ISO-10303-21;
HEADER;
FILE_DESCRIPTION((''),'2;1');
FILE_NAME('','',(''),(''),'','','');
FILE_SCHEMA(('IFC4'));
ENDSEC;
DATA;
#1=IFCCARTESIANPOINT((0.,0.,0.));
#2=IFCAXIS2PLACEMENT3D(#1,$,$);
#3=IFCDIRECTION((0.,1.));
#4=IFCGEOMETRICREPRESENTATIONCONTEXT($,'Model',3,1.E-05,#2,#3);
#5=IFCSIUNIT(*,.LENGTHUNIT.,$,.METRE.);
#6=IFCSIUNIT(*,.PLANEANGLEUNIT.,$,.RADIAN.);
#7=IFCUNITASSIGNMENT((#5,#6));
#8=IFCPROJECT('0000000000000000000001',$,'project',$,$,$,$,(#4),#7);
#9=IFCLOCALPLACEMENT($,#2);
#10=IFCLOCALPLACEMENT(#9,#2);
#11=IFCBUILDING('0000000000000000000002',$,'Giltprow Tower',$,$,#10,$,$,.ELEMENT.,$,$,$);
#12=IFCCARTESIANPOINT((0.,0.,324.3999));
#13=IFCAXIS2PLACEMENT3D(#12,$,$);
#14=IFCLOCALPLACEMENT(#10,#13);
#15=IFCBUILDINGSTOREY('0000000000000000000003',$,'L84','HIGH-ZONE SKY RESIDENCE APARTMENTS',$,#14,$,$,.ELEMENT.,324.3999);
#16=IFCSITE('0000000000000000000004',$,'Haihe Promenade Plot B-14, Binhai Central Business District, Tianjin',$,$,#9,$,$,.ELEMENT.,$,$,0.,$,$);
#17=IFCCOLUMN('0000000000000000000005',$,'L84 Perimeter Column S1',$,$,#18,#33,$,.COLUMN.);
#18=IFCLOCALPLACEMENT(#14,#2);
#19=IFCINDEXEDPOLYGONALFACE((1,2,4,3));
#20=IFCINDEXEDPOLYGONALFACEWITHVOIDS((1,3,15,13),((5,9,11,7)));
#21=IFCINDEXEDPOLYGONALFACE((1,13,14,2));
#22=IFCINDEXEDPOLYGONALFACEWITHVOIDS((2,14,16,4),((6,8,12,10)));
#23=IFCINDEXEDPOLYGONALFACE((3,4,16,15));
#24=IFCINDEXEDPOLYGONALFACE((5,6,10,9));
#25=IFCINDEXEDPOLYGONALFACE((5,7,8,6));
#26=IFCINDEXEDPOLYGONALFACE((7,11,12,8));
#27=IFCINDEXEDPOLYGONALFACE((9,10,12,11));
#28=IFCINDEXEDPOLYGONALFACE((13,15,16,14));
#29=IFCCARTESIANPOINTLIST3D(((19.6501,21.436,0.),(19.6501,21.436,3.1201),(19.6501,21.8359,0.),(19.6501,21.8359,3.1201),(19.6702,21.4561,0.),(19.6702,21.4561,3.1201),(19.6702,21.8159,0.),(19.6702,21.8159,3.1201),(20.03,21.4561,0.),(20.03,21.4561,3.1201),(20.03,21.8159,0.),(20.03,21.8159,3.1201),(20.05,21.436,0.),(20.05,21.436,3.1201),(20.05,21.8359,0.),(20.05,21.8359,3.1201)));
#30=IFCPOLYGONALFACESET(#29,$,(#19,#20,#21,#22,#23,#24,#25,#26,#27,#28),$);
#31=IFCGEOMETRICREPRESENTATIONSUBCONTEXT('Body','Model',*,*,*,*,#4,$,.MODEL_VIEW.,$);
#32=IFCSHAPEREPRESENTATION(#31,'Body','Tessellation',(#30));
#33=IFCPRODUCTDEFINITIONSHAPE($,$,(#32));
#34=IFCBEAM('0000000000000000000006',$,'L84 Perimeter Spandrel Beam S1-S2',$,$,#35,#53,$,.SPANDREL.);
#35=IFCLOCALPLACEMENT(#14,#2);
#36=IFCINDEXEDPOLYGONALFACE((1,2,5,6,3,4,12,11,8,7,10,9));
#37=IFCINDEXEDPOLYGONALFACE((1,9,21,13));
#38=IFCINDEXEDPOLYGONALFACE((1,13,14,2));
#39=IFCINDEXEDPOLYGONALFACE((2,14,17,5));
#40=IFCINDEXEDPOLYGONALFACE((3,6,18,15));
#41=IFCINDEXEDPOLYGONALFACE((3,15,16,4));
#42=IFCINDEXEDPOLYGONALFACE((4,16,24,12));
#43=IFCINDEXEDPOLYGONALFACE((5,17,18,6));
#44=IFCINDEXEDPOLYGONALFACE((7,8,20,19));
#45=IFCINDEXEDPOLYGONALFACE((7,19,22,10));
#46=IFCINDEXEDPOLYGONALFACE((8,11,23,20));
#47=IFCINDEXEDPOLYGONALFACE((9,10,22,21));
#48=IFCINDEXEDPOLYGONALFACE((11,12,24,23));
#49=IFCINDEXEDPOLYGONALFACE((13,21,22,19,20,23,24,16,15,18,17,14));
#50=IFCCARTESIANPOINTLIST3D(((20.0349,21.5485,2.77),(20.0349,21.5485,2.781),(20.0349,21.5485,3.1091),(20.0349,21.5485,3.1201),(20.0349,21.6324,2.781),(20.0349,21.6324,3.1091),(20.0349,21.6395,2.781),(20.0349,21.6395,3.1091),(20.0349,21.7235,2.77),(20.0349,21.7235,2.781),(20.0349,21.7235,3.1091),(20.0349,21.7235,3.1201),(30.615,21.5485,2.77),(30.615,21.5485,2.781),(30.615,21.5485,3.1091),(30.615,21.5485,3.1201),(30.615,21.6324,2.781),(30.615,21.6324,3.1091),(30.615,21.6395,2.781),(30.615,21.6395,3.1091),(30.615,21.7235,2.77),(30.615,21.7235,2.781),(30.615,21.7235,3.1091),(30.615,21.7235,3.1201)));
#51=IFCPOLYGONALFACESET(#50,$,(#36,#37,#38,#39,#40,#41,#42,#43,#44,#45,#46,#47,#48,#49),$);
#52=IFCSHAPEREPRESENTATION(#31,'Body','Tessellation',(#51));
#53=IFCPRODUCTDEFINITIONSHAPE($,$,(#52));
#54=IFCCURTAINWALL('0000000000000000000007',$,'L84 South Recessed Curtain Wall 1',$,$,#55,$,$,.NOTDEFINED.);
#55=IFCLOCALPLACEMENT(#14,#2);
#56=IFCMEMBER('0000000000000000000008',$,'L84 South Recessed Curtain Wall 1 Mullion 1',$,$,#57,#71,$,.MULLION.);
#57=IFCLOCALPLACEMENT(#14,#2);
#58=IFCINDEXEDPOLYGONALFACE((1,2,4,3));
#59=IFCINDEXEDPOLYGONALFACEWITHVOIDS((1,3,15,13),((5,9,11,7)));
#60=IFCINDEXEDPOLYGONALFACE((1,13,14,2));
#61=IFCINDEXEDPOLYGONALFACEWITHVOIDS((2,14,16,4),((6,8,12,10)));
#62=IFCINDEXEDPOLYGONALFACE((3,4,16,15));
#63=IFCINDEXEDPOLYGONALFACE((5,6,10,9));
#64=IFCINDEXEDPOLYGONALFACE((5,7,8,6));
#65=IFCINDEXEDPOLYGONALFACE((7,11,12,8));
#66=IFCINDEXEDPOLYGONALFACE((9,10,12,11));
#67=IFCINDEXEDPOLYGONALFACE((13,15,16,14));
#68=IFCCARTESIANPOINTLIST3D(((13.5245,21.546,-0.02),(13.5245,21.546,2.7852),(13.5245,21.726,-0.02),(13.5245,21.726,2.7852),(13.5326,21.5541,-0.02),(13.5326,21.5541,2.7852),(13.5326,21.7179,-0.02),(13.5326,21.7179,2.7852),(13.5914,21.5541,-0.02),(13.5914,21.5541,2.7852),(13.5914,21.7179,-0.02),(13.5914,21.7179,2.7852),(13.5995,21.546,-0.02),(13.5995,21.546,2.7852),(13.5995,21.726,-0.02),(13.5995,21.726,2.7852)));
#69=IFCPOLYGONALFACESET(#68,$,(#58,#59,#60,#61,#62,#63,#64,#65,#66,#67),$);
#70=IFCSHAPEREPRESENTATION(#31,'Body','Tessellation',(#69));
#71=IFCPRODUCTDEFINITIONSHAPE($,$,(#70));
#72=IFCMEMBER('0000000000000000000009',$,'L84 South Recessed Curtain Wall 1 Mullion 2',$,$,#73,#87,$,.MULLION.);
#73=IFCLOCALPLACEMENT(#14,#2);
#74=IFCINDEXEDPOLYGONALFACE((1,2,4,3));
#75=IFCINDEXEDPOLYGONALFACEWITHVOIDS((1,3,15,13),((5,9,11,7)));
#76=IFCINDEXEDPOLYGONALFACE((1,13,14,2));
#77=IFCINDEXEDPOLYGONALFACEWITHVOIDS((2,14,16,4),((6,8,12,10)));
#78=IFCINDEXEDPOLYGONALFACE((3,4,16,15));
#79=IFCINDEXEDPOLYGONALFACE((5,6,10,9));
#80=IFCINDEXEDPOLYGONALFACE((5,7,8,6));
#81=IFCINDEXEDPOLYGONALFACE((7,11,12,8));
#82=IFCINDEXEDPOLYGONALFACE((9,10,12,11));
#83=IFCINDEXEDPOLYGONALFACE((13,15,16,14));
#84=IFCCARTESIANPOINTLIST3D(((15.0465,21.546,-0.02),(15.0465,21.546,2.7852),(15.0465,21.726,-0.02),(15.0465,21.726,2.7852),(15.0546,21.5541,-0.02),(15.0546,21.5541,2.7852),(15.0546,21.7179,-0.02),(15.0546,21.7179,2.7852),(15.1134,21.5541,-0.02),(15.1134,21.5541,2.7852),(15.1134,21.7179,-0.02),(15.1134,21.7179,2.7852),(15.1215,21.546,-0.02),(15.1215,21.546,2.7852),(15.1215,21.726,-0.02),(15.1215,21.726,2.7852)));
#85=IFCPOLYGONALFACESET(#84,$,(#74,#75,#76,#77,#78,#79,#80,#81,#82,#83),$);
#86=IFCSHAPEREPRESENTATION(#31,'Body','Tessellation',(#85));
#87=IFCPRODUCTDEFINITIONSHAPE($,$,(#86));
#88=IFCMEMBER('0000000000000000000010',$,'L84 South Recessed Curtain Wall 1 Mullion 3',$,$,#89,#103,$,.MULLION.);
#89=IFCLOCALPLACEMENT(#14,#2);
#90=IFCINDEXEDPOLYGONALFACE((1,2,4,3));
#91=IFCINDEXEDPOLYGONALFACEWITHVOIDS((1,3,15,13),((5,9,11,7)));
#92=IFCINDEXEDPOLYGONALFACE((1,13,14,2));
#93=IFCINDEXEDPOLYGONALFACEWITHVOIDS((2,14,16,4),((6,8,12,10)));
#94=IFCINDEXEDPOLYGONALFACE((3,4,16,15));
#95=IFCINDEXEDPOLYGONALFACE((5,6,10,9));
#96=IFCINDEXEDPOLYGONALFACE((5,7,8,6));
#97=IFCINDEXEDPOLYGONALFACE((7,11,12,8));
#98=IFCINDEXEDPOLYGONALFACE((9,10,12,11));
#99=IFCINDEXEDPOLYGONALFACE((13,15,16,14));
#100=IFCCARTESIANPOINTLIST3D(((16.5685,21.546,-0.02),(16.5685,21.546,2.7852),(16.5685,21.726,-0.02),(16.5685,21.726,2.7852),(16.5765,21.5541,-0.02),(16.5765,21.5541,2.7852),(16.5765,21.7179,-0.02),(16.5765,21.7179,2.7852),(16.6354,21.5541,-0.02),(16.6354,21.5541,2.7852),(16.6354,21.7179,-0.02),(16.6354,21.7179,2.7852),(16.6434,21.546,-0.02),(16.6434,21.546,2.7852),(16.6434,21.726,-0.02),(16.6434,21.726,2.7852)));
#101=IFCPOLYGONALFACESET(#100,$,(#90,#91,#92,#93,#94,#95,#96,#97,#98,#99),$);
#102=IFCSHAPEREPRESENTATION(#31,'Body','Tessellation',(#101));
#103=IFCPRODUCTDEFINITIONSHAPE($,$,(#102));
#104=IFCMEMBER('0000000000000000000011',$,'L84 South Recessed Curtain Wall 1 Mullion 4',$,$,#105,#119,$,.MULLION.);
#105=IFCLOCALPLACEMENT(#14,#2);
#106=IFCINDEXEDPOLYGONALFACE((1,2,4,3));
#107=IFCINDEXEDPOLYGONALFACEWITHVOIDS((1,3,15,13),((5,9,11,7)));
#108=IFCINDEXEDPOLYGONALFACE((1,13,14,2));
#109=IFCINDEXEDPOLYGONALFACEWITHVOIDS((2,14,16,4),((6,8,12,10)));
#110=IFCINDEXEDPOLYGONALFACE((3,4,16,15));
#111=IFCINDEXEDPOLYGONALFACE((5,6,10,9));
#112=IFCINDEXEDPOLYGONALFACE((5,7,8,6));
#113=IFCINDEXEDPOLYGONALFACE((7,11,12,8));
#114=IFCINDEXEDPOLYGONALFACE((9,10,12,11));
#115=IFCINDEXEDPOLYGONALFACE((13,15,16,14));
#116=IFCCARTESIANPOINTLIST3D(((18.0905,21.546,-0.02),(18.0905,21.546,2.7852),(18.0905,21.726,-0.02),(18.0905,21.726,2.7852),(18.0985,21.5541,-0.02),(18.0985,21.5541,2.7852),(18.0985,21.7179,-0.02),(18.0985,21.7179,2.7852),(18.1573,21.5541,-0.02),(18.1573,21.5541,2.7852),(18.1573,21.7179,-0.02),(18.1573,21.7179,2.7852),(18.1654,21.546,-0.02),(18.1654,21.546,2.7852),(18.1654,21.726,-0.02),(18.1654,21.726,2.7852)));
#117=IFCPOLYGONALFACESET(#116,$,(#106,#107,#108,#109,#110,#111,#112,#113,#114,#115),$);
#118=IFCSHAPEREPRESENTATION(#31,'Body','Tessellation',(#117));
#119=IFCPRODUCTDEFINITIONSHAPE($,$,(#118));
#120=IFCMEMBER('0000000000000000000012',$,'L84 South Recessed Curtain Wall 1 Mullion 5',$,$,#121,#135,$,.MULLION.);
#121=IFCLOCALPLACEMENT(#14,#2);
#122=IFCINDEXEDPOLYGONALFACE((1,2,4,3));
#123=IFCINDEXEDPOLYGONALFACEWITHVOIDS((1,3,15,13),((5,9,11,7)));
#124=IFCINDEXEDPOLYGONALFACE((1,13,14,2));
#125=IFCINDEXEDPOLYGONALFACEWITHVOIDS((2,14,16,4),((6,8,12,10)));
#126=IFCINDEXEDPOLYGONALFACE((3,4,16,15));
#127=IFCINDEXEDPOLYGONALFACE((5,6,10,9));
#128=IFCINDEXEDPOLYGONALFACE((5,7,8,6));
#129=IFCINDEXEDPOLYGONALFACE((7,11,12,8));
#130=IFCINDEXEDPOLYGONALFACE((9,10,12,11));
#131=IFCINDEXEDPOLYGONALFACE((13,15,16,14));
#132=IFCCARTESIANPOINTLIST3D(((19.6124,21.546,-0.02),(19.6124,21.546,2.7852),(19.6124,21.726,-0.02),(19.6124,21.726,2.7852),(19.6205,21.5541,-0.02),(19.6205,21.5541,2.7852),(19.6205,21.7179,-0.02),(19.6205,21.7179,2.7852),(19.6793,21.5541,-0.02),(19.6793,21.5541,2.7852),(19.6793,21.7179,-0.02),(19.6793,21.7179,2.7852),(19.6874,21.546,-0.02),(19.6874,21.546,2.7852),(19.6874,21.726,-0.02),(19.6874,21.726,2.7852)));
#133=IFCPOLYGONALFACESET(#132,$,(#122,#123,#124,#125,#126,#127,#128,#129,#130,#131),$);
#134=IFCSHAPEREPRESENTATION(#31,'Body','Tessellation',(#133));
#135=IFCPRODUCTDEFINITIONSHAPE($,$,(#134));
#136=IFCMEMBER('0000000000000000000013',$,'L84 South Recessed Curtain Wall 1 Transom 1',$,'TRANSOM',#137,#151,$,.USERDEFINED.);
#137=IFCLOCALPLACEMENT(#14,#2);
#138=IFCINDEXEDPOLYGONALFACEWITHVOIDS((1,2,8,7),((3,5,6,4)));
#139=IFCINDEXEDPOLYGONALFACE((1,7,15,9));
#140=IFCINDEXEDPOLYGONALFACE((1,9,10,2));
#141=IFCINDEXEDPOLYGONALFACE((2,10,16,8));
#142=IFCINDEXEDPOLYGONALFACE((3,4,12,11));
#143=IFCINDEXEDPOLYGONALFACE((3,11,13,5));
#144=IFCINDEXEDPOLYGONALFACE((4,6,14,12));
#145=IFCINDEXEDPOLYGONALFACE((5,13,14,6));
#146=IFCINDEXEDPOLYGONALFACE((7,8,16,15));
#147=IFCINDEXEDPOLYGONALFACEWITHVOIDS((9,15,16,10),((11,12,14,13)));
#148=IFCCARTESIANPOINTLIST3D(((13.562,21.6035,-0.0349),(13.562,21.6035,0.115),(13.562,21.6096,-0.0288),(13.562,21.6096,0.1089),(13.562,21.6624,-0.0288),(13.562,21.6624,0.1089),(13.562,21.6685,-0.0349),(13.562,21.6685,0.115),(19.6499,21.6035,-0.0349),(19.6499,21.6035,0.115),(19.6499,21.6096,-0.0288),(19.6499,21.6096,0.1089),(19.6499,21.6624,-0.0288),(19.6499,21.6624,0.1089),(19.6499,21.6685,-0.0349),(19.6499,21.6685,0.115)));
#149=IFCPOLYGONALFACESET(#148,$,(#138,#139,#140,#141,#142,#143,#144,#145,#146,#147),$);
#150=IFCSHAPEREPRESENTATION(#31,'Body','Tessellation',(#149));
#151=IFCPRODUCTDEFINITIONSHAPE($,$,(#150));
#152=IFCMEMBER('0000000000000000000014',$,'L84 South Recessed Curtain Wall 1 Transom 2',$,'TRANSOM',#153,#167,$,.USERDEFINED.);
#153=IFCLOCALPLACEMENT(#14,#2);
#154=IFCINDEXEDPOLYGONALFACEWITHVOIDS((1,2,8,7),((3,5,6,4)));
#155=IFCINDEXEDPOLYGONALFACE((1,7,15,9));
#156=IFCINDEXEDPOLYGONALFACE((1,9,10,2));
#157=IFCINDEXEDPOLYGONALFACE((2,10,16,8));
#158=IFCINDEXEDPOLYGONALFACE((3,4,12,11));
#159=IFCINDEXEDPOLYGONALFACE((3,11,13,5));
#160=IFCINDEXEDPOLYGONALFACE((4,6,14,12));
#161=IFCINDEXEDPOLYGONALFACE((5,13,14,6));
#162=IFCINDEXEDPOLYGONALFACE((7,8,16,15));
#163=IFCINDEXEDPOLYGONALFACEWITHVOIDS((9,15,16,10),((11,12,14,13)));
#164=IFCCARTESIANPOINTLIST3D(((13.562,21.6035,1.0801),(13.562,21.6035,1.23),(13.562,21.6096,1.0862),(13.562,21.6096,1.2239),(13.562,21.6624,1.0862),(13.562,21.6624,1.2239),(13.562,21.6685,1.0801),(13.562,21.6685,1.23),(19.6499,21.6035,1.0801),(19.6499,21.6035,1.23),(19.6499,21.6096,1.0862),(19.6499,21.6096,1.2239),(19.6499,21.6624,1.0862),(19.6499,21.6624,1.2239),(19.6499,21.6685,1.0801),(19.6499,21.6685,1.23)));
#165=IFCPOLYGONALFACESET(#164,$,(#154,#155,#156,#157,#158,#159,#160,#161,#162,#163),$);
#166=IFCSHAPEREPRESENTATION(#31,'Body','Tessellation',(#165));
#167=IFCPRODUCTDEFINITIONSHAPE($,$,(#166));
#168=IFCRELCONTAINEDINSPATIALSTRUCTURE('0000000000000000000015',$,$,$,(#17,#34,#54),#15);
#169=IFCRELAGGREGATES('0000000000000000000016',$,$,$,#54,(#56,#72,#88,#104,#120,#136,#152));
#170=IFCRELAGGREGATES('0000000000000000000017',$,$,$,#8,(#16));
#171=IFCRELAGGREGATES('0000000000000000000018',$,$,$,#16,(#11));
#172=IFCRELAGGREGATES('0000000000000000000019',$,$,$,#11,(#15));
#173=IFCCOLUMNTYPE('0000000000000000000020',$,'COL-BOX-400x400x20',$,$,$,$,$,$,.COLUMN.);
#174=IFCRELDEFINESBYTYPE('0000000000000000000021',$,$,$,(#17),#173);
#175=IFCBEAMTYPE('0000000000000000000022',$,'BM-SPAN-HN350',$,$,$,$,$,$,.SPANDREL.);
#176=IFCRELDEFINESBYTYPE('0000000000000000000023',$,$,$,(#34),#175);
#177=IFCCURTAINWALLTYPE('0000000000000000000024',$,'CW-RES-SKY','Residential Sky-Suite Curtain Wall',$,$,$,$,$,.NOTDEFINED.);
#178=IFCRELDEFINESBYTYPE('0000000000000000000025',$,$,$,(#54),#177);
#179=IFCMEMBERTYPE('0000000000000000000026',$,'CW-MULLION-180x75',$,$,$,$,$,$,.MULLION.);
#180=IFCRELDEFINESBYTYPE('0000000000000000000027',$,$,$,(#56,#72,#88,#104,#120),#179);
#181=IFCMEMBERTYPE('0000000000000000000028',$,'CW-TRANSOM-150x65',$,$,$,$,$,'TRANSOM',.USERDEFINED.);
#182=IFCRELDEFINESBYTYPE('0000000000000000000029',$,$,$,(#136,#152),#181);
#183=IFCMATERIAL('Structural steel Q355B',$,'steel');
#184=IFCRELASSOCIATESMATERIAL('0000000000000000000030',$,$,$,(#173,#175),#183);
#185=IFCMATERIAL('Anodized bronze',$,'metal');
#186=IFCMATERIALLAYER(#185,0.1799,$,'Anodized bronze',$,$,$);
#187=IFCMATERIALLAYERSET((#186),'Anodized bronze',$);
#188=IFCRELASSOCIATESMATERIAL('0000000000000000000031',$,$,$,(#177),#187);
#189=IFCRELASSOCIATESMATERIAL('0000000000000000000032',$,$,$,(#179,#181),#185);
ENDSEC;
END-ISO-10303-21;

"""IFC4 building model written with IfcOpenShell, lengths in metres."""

from ifc_helpers import new_model, si_unit, direction, frame, origin, origin_2d, place, context, subcontext, project, spatial, hollow_rectangle, i_section, extrude, source, transform, mapped, material, layer, layer_set, material_profile, profile_set, type_object, element, aggregate, save


model = new_model("IFC4")

# Units and contexts
model_context = context("Model", 3, precision=1e-05, world=origin(), true_north=direction((0.0, 1.0)))
body_context = subcontext(model_context, "Body", "Model", "MODEL_VIEW")
ifc_project = project(units=[si_unit("LENGTHUNIT", "METRE"), si_unit("PLANEANGLEUNIT", "RADIAN")], contexts=[model_context])

# Site, building, storey
site_placement = place(None, origin())
site = spatial("IfcSite", under=ifc_project, at=site_placement, Name="Haihe Promenade Plot B-14, Binhai Central Business District, Tianjin", CompositionType="ELEMENT", RefElevation=0.0)
building_placement = place(site_placement, origin())
building = spatial("IfcBuilding", under=site, at=building_placement, Name="Giltprow Tower", CompositionType="ELEMENT")
storey_placement = place(building_placement, frame((0.0, 0.0, 324.3999)))
storey = spatial("IfcBuildingStorey", under=building, at=storey_placement, Name="L84", Description="HIGH-ZONE SKY RESIDENCE APARTMENTS", CompositionType="ELEMENT", Elevation=324.3999)

# Column
ifc_material_1 = material(Name="Structural steel Q355B", Category="steel")
ifc_material_profile_1 = material_profile(ifc_material_1, hollow_rectangle(XDim=0.3999, YDim=0.3999, WallThickness=0.02, at=origin_2d()), Name="BOX 400x400x20")
ifc_profile_set_1 = profile_set([ifc_material_profile_1], Name="Structural steel Q355B")
column_type = type_object("IfcColumnType", Name="COL-BOX-400x400x20", PredefinedType="COLUMN", material=ifc_profile_set_1)
shared_shape_1 = source(origin(), body_context, "Body", "SweptSolid", [
    extrude(hollow_rectangle(XDim=0.3999, YDim=0.3999, WallThickness=0.02, at=origin_2d()), origin(), (0.0, 0.0, 1.0), 3.1201),
])
column_placement = place(storey_placement, frame((19.8501, 21.636, 0.0), z_axis=(0.0, 0.0, 1.0), x_axis=(1.0, 0.0, 0.0)))
element("IfcColumn", 1, at=column_placement, inside=storey, type_object=column_type, Name="L84 Perimeter Column S1", PredefinedType="COLUMN", context=body_context, shape_type="MappedRepresentation", body=[
    mapped(shared_shape_1, transform((0.0, 0.0, 0.0), x_axis=(1.0, 0.0, 0.0), y_axis=(0.0, 1.0, 0.0), z_axis=(0.0, 0.0, 1.0), scale=1.0)),
])

# Beam
ifc_material_profile_2 = material_profile(ifc_material_1, i_section(OverallWidth=0.175, OverallDepth=0.3501, WebThickness=0.0071, FlangeThickness=0.011, at=origin_2d()), Name="HN 350x175x7x11")
ifc_profile_set_2 = profile_set([ifc_material_profile_2], Name="Structural steel Q355B")
beam_type = type_object("IfcBeamType", Name="BM-SPAN-HN350", PredefinedType="SPANDREL", material=ifc_profile_set_2)
shared_shape_2 = source(origin(), body_context, "Body", "SweptSolid", [
    extrude(i_section(OverallWidth=0.175, OverallDepth=0.3501, WebThickness=0.0071, FlangeThickness=0.011, at=origin_2d()), origin(), (0.0, 0.0, 1.0), 10.5801),
])
beam_placement = place(storey_placement, frame((20.0349, 21.636, 2.9451), z_axis=(1.0, 0.0, 0.0), x_axis=(0.0, 1.0, 0.0)))
element("IfcBeam", 2, at=beam_placement, inside=storey, type_object=beam_type, Name="L84 Perimeter Spandrel Beam S1-S2", PredefinedType="SPANDREL", context=body_context, shape_type="MappedRepresentation", body=[
    mapped(shared_shape_2, transform((0.0, 0.0, 0.0), x_axis=(1.0, 0.0, 0.0), y_axis=(0.0, 1.0, 0.0), z_axis=(0.0, 0.0, 1.0), scale=1.0)),
])

# Curtain wall, members
ifc_material_2 = material(Name="Anodized bronze", Category="metal")
ifc_layer_1 = layer(ifc_material_2, 0.1799, Name="Anodized bronze")
ifc_layer_set_1 = layer_set([ifc_layer_1], Name="Anodized bronze")
curtain_wall_type = type_object("IfcCurtainWallType", Name="CW-RES-SKY", Description="Residential Sky-Suite Curtain Wall", PredefinedType="NOTDEFINED", material=ifc_layer_set_1)
curtain_wall_placement = place(storey_placement, origin())
curtain_wall = element("IfcCurtainWall", 3, at=curtain_wall_placement, inside=storey, type_object=curtain_wall_type, Name="L84 South Recessed Curtain Wall 1", PredefinedType="NOTDEFINED")
ifc_material_profile_3 = material_profile(ifc_material_2, hollow_rectangle(XDim=0.075, YDim=0.1799, WallThickness=0.0081, at=origin_2d()), Name="RHS 180x75x8")
ifc_profile_set_3 = profile_set([ifc_material_profile_3], Name="Anodized bronze")
member_type_1 = type_object("IfcMemberType", Name="CW-MULLION-180x75", PredefinedType="MULLION", material=ifc_profile_set_3)
shared_shape_3 = source(origin(), body_context, "Body", "SweptSolid", [
    extrude(hollow_rectangle(XDim=0.075, YDim=0.1799, WallThickness=0.0081, at=origin_2d()), origin(), (0.0, 0.0, 1.0), 2.8052),
])
member_1_placement = place(storey_placement, frame((13.562, 21.636, -0.02), z_axis=(0.0, 0.0, 1.0), x_axis=(1.0, 0.0, 0.0)))
member_1 = element("IfcMember", 4, at=member_1_placement, type_object=member_type_1, Name="L84 South Recessed Curtain Wall 1 Mullion 1", PredefinedType="MULLION", context=body_context, shape_type="MappedRepresentation", body=[
    mapped(shared_shape_3, transform((0.0, 0.0, 0.0), x_axis=(1.0, 0.0, 0.0), y_axis=(0.0, 1.0, 0.0), z_axis=(0.0, 0.0, 1.0), scale=1.0)),
])
member_2_placement = place(storey_placement, frame((15.084, 21.636, -0.02), z_axis=(0.0, 0.0, 1.0), x_axis=(1.0, 0.0, 0.0)))
member_2 = element("IfcMember", 5, at=member_2_placement, type_object=member_type_1, Name="L84 South Recessed Curtain Wall 1 Mullion 2", PredefinedType="MULLION", context=body_context, shape_type="MappedRepresentation", body=[
    mapped(shared_shape_3, transform((0.0, 0.0, 0.0), x_axis=(1.0, 0.0, 0.0), y_axis=(0.0, 1.0, 0.0), z_axis=(0.0, 0.0, 1.0), scale=1.0)),
])
member_3_placement = place(storey_placement, frame((16.606, 21.636, -0.02), z_axis=(0.0, 0.0, 1.0), x_axis=(1.0, 0.0, 0.0)))
member_3 = element("IfcMember", 6, at=member_3_placement, type_object=member_type_1, Name="L84 South Recessed Curtain Wall 1 Mullion 3", PredefinedType="MULLION", context=body_context, shape_type="MappedRepresentation", body=[
    mapped(shared_shape_3, transform((0.0, 0.0, 0.0), x_axis=(1.0, 0.0, 0.0), y_axis=(0.0, 1.0, 0.0), z_axis=(0.0, 0.0, 1.0), scale=1.0)),
])
member_4_placement = place(storey_placement, frame((18.1279, 21.636, -0.02), z_axis=(0.0, 0.0, 1.0), x_axis=(1.0, 0.0, 0.0)))
member_4 = element("IfcMember", 7, at=member_4_placement, type_object=member_type_1, Name="L84 South Recessed Curtain Wall 1 Mullion 4", PredefinedType="MULLION", context=body_context, shape_type="MappedRepresentation", body=[
    mapped(shared_shape_3, transform((0.0, 0.0, 0.0), x_axis=(1.0, 0.0, 0.0), y_axis=(0.0, 1.0, 0.0), z_axis=(0.0, 0.0, 1.0), scale=1.0)),
])
member_5_placement = place(storey_placement, frame((19.6499, 21.636, -0.02), z_axis=(0.0, 0.0, 1.0), x_axis=(1.0, 0.0, 0.0)))
member_5 = element("IfcMember", 8, at=member_5_placement, type_object=member_type_1, Name="L84 South Recessed Curtain Wall 1 Mullion 5", PredefinedType="MULLION", context=body_context, shape_type="MappedRepresentation", body=[
    mapped(shared_shape_3, transform((0.0, 0.0, 0.0), x_axis=(1.0, 0.0, 0.0), y_axis=(0.0, 1.0, 0.0), z_axis=(0.0, 0.0, 1.0), scale=1.0)),
])
ifc_material_profile_4 = material_profile(ifc_material_2, hollow_rectangle(XDim=0.0649, YDim=0.1499, WallThickness=0.0061, at=origin_2d()), Name="RHS 150x65x6")
ifc_profile_set_4 = profile_set([ifc_material_profile_4], Name="Anodized bronze")
member_type_2 = type_object("IfcMemberType", Name="CW-TRANSOM-150x65", ElementType="TRANSOM", PredefinedType="USERDEFINED", material=ifc_profile_set_4)
shared_shape_4 = source(origin(), body_context, "Body", "SweptSolid", [
    extrude(hollow_rectangle(XDim=0.0649, YDim=0.1499, WallThickness=0.0061, at=origin_2d()), origin(), (0.0, 0.0, 1.0), 6.0879),
])
member_6_placement = place(storey_placement, frame((13.562, 21.636, 0.04), z_axis=(1.0, 0.0, 0.0), x_axis=(0.0, 1.0, 0.0)))
member_6 = element("IfcMember", 9, at=member_6_placement, type_object=member_type_2, Name="L84 South Recessed Curtain Wall 1 Transom 1", ObjectType="TRANSOM", PredefinedType="USERDEFINED", context=body_context, shape_type="MappedRepresentation", body=[
    mapped(shared_shape_4, transform((0.0, 0.0, 0.0), x_axis=(1.0, 0.0, 0.0), y_axis=(0.0, 1.0, 0.0), z_axis=(0.0, 0.0, 1.0), scale=1.0)),
])
member_7_placement = place(storey_placement, frame((13.562, 21.636, 1.155), z_axis=(1.0, 0.0, 0.0), x_axis=(0.0, 1.0, 0.0)))
member_7 = element("IfcMember", 10, at=member_7_placement, type_object=member_type_2, Name="L84 South Recessed Curtain Wall 1 Transom 2", ObjectType="TRANSOM", PredefinedType="USERDEFINED", context=body_context, shape_type="MappedRepresentation", body=[
    mapped(shared_shape_4, transform((0.0, 0.0, 0.0), x_axis=(1.0, 0.0, 0.0), y_axis=(0.0, 1.0, 0.0), z_axis=(0.0, 0.0, 1.0), scale=1.0)),
])

aggregate(curtain_wall, [member_1, member_2, member_3, member_4, member_5, member_6, member_7])

save(model, "model.ifc")
